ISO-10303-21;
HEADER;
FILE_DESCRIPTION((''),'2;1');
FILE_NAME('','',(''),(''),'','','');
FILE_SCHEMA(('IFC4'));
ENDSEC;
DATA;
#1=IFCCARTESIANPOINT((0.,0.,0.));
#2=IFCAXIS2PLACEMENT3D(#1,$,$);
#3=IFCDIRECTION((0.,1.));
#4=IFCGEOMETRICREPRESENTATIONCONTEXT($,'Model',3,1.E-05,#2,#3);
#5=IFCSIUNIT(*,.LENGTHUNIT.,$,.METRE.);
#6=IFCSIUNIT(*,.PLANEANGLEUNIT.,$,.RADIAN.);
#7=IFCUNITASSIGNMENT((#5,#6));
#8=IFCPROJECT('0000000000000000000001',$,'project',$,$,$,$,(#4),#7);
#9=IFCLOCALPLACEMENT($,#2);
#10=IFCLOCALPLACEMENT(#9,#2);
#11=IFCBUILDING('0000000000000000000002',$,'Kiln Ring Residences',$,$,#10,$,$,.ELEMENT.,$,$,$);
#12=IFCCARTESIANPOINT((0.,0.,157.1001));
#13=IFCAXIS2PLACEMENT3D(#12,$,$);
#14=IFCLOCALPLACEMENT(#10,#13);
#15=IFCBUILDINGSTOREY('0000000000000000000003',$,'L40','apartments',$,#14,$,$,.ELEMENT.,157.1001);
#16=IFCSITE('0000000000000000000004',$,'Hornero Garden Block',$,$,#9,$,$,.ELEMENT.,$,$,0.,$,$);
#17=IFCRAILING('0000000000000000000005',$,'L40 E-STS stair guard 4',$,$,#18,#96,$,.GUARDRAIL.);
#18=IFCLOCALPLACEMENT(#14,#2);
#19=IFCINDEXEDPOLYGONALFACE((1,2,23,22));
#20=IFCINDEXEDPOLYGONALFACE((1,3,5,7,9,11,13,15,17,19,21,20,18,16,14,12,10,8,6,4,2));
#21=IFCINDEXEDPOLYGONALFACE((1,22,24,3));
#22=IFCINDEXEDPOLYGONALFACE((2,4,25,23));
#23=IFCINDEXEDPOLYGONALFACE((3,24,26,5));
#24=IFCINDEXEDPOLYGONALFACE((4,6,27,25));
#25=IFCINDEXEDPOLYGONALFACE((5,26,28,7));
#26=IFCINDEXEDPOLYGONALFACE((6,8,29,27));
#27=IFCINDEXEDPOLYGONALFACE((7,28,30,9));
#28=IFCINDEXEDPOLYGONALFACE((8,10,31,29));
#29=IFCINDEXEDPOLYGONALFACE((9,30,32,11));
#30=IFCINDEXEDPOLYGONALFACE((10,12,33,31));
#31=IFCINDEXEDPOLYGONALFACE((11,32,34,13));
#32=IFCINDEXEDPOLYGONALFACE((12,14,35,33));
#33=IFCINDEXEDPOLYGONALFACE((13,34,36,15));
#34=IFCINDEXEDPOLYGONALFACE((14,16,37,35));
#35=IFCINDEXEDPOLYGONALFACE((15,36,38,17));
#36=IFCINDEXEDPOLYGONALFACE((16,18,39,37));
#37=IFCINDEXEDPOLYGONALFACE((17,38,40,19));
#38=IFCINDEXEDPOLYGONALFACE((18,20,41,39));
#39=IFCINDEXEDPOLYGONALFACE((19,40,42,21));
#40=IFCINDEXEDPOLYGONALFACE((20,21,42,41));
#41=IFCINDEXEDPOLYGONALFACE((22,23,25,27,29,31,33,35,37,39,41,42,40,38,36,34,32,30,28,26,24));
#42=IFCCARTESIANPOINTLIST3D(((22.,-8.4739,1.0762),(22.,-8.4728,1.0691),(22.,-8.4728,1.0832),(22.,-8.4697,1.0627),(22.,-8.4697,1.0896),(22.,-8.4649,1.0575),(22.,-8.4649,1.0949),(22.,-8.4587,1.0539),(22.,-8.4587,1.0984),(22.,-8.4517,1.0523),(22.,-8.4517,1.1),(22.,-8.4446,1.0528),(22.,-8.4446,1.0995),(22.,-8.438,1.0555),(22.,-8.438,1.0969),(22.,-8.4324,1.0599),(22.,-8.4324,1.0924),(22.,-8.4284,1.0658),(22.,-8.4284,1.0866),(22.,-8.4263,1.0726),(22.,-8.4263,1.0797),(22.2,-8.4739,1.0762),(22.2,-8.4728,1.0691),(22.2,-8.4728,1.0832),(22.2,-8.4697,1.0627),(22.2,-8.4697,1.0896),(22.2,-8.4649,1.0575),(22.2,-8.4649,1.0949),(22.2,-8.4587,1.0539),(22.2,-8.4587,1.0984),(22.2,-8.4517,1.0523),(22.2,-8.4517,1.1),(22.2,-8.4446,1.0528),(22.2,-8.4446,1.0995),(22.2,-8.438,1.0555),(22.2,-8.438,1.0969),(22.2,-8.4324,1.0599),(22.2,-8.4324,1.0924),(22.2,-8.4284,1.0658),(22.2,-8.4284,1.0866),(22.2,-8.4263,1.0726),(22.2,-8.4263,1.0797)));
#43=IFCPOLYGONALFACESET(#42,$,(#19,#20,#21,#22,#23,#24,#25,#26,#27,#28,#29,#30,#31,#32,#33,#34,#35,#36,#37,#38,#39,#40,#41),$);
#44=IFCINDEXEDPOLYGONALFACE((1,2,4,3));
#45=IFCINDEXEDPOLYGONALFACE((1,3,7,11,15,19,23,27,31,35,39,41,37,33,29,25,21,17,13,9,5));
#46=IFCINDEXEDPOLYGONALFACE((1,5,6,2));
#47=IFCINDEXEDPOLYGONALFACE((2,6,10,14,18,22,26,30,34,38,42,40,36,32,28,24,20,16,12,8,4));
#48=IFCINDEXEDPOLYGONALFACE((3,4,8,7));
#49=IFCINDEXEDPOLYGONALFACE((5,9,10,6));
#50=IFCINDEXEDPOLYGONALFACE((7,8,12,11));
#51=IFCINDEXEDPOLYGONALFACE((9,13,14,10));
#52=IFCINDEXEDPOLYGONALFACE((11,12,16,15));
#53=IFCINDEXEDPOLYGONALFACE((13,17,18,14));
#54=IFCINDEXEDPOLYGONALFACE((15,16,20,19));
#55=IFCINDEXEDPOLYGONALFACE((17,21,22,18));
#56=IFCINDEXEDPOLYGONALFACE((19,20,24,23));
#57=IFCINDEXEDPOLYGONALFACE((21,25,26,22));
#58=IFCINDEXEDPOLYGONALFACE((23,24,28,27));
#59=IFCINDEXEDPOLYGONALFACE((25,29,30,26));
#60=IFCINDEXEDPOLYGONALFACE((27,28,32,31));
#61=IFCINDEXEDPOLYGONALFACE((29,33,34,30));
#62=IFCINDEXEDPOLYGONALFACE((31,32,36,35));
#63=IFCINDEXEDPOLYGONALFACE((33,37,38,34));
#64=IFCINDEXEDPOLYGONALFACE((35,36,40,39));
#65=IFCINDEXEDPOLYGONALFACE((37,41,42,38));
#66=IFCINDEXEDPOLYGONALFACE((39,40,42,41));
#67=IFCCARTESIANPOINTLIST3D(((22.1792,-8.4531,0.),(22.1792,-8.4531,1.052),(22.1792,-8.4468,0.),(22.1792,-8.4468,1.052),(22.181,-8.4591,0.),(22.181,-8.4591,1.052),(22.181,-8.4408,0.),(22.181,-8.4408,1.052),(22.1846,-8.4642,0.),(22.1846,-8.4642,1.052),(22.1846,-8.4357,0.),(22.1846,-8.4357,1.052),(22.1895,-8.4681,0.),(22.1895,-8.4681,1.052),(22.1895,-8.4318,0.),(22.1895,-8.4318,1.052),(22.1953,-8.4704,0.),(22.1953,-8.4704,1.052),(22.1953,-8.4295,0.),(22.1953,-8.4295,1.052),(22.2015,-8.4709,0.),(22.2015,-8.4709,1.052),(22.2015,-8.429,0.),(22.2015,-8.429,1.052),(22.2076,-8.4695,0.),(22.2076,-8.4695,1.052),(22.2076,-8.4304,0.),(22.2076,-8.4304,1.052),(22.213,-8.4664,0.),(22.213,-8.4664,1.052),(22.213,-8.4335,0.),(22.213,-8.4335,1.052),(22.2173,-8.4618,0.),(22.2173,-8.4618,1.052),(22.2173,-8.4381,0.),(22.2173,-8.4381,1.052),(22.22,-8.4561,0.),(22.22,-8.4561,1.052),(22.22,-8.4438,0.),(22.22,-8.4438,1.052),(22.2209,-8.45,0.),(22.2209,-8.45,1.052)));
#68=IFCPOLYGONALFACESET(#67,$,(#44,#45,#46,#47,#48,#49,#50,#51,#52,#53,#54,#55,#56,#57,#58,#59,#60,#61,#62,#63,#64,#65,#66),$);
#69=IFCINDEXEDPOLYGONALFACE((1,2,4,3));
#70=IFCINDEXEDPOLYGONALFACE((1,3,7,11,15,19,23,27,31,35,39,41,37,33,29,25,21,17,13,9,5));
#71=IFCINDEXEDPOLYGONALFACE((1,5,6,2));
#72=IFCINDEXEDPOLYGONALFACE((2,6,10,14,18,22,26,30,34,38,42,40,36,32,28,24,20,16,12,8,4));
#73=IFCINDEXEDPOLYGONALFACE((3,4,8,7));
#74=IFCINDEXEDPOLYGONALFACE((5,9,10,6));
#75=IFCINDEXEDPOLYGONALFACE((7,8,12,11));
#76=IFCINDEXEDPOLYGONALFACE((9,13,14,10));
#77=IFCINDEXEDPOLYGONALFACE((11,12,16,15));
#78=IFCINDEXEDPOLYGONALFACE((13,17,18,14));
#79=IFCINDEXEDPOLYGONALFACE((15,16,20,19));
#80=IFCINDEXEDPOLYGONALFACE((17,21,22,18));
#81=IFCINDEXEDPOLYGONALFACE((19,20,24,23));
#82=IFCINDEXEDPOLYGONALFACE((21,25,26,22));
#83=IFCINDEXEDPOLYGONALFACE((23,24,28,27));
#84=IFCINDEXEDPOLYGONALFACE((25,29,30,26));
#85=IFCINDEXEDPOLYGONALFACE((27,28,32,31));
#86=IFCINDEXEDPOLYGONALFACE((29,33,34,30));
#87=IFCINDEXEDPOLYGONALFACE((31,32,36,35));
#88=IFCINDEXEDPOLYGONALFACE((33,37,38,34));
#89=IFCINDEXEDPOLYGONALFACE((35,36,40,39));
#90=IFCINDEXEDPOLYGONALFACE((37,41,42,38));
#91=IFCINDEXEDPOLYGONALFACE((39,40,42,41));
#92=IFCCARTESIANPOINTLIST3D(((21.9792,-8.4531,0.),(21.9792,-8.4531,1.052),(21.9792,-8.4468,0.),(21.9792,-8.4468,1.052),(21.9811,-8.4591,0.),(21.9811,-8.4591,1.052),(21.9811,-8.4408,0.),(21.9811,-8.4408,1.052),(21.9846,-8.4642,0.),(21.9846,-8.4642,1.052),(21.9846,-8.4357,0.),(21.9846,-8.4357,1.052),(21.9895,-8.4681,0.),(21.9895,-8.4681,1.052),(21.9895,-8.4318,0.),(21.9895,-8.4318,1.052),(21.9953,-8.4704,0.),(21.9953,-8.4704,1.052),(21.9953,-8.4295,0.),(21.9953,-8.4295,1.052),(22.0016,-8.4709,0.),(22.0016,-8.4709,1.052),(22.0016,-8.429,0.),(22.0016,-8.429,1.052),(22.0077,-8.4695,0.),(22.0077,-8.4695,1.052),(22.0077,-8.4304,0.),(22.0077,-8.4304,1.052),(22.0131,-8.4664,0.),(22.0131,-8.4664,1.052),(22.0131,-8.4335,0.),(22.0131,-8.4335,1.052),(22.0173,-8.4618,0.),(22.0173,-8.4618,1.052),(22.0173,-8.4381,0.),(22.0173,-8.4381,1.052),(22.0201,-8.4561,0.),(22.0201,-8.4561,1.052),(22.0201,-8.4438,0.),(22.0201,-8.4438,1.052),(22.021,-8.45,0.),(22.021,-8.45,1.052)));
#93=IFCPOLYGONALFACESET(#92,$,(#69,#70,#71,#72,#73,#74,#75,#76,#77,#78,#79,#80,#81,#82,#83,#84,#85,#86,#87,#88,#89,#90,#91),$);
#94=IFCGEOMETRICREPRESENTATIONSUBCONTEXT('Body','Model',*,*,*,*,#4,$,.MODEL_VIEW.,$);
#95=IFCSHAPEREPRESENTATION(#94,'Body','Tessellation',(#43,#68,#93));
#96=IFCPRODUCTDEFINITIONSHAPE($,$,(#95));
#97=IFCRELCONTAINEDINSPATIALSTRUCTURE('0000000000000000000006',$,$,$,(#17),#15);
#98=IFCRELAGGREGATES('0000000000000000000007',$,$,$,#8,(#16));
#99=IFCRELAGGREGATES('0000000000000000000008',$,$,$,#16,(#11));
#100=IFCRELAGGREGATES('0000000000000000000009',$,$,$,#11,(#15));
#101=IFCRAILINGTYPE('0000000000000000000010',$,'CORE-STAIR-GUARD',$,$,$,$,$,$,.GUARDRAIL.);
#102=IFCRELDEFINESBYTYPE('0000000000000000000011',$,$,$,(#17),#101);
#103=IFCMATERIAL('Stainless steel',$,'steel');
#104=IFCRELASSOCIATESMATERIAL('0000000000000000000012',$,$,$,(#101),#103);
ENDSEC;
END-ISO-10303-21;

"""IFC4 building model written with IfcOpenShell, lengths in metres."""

from ifc_helpers import new_model, si_unit, direction, frame, origin, origin_2d, place, context, subcontext, project, spatial, circle, extrude, material, type_object, element, save


model = new_model("IFC4")

# Units and contexts
model_context = context("Model", 3, precision=1e-05, world=origin(), true_north=direction((0.0, 1.0)))
body_context = subcontext(model_context, "Body", "Model", "MODEL_VIEW")
ifc_project = project(units=[si_unit("LENGTHUNIT", "METRE"), si_unit("PLANEANGLEUNIT", "RADIAN")], contexts=[model_context])

# Site, building, storey
site_placement = place(None, origin())
site = spatial("IfcSite", under=ifc_project, at=site_placement, Name="Hornero Garden Block", CompositionType="ELEMENT", RefElevation=0.0)
building_placement = place(site_placement, origin())
building = spatial("IfcBuilding", under=site, at=building_placement, Name="Kiln Ring Residences", CompositionType="ELEMENT")
storey_placement = place(building_placement, frame((0.0, 0.0, 157.1001)))
storey = spatial("IfcBuildingStorey", under=building, at=storey_placement, Name="L40", Description="apartments", CompositionType="ELEMENT", Elevation=157.1001)

# Railing
ifc_material_1 = material(Name="Stainless steel", Category="steel")
railing_type_1 = type_object("IfcRailingType", Name="CORE-STAIR-GUARD", PredefinedType="GUARDRAIL", material=ifc_material_1)
railing_1_placement = place(storey_placement, frame((22.2, -8.45, 0.0)))
element("IfcRailing", 1, at=railing_1_placement, inside=storey, type_object=railing_type_1, Name="L40 E-STS stair guard 4", PredefinedType="GUARDRAIL", context=body_context, shape_type="SweptSolid", body=[
    extrude(circle(Radius=0.0239, at=origin_2d()), frame((0.0, 0.0, 1.0762), z_axis=(-1.0, 0.0, 0.0), x_axis=(0.0, -1.0, 0.0)), (0.0, 0.0, 1.0), 0.2),
    extrude(circle(Radius=0.021, at=origin_2d()), origin(), (0.0, 0.0, 1.0), 1.052),
    extrude(circle(Radius=0.021, at=origin_2d()), frame((-0.2, 0.0, 0.0)), (0.0, 0.0, 1.0), 1.052),
])

save(model, "model.ifc")
